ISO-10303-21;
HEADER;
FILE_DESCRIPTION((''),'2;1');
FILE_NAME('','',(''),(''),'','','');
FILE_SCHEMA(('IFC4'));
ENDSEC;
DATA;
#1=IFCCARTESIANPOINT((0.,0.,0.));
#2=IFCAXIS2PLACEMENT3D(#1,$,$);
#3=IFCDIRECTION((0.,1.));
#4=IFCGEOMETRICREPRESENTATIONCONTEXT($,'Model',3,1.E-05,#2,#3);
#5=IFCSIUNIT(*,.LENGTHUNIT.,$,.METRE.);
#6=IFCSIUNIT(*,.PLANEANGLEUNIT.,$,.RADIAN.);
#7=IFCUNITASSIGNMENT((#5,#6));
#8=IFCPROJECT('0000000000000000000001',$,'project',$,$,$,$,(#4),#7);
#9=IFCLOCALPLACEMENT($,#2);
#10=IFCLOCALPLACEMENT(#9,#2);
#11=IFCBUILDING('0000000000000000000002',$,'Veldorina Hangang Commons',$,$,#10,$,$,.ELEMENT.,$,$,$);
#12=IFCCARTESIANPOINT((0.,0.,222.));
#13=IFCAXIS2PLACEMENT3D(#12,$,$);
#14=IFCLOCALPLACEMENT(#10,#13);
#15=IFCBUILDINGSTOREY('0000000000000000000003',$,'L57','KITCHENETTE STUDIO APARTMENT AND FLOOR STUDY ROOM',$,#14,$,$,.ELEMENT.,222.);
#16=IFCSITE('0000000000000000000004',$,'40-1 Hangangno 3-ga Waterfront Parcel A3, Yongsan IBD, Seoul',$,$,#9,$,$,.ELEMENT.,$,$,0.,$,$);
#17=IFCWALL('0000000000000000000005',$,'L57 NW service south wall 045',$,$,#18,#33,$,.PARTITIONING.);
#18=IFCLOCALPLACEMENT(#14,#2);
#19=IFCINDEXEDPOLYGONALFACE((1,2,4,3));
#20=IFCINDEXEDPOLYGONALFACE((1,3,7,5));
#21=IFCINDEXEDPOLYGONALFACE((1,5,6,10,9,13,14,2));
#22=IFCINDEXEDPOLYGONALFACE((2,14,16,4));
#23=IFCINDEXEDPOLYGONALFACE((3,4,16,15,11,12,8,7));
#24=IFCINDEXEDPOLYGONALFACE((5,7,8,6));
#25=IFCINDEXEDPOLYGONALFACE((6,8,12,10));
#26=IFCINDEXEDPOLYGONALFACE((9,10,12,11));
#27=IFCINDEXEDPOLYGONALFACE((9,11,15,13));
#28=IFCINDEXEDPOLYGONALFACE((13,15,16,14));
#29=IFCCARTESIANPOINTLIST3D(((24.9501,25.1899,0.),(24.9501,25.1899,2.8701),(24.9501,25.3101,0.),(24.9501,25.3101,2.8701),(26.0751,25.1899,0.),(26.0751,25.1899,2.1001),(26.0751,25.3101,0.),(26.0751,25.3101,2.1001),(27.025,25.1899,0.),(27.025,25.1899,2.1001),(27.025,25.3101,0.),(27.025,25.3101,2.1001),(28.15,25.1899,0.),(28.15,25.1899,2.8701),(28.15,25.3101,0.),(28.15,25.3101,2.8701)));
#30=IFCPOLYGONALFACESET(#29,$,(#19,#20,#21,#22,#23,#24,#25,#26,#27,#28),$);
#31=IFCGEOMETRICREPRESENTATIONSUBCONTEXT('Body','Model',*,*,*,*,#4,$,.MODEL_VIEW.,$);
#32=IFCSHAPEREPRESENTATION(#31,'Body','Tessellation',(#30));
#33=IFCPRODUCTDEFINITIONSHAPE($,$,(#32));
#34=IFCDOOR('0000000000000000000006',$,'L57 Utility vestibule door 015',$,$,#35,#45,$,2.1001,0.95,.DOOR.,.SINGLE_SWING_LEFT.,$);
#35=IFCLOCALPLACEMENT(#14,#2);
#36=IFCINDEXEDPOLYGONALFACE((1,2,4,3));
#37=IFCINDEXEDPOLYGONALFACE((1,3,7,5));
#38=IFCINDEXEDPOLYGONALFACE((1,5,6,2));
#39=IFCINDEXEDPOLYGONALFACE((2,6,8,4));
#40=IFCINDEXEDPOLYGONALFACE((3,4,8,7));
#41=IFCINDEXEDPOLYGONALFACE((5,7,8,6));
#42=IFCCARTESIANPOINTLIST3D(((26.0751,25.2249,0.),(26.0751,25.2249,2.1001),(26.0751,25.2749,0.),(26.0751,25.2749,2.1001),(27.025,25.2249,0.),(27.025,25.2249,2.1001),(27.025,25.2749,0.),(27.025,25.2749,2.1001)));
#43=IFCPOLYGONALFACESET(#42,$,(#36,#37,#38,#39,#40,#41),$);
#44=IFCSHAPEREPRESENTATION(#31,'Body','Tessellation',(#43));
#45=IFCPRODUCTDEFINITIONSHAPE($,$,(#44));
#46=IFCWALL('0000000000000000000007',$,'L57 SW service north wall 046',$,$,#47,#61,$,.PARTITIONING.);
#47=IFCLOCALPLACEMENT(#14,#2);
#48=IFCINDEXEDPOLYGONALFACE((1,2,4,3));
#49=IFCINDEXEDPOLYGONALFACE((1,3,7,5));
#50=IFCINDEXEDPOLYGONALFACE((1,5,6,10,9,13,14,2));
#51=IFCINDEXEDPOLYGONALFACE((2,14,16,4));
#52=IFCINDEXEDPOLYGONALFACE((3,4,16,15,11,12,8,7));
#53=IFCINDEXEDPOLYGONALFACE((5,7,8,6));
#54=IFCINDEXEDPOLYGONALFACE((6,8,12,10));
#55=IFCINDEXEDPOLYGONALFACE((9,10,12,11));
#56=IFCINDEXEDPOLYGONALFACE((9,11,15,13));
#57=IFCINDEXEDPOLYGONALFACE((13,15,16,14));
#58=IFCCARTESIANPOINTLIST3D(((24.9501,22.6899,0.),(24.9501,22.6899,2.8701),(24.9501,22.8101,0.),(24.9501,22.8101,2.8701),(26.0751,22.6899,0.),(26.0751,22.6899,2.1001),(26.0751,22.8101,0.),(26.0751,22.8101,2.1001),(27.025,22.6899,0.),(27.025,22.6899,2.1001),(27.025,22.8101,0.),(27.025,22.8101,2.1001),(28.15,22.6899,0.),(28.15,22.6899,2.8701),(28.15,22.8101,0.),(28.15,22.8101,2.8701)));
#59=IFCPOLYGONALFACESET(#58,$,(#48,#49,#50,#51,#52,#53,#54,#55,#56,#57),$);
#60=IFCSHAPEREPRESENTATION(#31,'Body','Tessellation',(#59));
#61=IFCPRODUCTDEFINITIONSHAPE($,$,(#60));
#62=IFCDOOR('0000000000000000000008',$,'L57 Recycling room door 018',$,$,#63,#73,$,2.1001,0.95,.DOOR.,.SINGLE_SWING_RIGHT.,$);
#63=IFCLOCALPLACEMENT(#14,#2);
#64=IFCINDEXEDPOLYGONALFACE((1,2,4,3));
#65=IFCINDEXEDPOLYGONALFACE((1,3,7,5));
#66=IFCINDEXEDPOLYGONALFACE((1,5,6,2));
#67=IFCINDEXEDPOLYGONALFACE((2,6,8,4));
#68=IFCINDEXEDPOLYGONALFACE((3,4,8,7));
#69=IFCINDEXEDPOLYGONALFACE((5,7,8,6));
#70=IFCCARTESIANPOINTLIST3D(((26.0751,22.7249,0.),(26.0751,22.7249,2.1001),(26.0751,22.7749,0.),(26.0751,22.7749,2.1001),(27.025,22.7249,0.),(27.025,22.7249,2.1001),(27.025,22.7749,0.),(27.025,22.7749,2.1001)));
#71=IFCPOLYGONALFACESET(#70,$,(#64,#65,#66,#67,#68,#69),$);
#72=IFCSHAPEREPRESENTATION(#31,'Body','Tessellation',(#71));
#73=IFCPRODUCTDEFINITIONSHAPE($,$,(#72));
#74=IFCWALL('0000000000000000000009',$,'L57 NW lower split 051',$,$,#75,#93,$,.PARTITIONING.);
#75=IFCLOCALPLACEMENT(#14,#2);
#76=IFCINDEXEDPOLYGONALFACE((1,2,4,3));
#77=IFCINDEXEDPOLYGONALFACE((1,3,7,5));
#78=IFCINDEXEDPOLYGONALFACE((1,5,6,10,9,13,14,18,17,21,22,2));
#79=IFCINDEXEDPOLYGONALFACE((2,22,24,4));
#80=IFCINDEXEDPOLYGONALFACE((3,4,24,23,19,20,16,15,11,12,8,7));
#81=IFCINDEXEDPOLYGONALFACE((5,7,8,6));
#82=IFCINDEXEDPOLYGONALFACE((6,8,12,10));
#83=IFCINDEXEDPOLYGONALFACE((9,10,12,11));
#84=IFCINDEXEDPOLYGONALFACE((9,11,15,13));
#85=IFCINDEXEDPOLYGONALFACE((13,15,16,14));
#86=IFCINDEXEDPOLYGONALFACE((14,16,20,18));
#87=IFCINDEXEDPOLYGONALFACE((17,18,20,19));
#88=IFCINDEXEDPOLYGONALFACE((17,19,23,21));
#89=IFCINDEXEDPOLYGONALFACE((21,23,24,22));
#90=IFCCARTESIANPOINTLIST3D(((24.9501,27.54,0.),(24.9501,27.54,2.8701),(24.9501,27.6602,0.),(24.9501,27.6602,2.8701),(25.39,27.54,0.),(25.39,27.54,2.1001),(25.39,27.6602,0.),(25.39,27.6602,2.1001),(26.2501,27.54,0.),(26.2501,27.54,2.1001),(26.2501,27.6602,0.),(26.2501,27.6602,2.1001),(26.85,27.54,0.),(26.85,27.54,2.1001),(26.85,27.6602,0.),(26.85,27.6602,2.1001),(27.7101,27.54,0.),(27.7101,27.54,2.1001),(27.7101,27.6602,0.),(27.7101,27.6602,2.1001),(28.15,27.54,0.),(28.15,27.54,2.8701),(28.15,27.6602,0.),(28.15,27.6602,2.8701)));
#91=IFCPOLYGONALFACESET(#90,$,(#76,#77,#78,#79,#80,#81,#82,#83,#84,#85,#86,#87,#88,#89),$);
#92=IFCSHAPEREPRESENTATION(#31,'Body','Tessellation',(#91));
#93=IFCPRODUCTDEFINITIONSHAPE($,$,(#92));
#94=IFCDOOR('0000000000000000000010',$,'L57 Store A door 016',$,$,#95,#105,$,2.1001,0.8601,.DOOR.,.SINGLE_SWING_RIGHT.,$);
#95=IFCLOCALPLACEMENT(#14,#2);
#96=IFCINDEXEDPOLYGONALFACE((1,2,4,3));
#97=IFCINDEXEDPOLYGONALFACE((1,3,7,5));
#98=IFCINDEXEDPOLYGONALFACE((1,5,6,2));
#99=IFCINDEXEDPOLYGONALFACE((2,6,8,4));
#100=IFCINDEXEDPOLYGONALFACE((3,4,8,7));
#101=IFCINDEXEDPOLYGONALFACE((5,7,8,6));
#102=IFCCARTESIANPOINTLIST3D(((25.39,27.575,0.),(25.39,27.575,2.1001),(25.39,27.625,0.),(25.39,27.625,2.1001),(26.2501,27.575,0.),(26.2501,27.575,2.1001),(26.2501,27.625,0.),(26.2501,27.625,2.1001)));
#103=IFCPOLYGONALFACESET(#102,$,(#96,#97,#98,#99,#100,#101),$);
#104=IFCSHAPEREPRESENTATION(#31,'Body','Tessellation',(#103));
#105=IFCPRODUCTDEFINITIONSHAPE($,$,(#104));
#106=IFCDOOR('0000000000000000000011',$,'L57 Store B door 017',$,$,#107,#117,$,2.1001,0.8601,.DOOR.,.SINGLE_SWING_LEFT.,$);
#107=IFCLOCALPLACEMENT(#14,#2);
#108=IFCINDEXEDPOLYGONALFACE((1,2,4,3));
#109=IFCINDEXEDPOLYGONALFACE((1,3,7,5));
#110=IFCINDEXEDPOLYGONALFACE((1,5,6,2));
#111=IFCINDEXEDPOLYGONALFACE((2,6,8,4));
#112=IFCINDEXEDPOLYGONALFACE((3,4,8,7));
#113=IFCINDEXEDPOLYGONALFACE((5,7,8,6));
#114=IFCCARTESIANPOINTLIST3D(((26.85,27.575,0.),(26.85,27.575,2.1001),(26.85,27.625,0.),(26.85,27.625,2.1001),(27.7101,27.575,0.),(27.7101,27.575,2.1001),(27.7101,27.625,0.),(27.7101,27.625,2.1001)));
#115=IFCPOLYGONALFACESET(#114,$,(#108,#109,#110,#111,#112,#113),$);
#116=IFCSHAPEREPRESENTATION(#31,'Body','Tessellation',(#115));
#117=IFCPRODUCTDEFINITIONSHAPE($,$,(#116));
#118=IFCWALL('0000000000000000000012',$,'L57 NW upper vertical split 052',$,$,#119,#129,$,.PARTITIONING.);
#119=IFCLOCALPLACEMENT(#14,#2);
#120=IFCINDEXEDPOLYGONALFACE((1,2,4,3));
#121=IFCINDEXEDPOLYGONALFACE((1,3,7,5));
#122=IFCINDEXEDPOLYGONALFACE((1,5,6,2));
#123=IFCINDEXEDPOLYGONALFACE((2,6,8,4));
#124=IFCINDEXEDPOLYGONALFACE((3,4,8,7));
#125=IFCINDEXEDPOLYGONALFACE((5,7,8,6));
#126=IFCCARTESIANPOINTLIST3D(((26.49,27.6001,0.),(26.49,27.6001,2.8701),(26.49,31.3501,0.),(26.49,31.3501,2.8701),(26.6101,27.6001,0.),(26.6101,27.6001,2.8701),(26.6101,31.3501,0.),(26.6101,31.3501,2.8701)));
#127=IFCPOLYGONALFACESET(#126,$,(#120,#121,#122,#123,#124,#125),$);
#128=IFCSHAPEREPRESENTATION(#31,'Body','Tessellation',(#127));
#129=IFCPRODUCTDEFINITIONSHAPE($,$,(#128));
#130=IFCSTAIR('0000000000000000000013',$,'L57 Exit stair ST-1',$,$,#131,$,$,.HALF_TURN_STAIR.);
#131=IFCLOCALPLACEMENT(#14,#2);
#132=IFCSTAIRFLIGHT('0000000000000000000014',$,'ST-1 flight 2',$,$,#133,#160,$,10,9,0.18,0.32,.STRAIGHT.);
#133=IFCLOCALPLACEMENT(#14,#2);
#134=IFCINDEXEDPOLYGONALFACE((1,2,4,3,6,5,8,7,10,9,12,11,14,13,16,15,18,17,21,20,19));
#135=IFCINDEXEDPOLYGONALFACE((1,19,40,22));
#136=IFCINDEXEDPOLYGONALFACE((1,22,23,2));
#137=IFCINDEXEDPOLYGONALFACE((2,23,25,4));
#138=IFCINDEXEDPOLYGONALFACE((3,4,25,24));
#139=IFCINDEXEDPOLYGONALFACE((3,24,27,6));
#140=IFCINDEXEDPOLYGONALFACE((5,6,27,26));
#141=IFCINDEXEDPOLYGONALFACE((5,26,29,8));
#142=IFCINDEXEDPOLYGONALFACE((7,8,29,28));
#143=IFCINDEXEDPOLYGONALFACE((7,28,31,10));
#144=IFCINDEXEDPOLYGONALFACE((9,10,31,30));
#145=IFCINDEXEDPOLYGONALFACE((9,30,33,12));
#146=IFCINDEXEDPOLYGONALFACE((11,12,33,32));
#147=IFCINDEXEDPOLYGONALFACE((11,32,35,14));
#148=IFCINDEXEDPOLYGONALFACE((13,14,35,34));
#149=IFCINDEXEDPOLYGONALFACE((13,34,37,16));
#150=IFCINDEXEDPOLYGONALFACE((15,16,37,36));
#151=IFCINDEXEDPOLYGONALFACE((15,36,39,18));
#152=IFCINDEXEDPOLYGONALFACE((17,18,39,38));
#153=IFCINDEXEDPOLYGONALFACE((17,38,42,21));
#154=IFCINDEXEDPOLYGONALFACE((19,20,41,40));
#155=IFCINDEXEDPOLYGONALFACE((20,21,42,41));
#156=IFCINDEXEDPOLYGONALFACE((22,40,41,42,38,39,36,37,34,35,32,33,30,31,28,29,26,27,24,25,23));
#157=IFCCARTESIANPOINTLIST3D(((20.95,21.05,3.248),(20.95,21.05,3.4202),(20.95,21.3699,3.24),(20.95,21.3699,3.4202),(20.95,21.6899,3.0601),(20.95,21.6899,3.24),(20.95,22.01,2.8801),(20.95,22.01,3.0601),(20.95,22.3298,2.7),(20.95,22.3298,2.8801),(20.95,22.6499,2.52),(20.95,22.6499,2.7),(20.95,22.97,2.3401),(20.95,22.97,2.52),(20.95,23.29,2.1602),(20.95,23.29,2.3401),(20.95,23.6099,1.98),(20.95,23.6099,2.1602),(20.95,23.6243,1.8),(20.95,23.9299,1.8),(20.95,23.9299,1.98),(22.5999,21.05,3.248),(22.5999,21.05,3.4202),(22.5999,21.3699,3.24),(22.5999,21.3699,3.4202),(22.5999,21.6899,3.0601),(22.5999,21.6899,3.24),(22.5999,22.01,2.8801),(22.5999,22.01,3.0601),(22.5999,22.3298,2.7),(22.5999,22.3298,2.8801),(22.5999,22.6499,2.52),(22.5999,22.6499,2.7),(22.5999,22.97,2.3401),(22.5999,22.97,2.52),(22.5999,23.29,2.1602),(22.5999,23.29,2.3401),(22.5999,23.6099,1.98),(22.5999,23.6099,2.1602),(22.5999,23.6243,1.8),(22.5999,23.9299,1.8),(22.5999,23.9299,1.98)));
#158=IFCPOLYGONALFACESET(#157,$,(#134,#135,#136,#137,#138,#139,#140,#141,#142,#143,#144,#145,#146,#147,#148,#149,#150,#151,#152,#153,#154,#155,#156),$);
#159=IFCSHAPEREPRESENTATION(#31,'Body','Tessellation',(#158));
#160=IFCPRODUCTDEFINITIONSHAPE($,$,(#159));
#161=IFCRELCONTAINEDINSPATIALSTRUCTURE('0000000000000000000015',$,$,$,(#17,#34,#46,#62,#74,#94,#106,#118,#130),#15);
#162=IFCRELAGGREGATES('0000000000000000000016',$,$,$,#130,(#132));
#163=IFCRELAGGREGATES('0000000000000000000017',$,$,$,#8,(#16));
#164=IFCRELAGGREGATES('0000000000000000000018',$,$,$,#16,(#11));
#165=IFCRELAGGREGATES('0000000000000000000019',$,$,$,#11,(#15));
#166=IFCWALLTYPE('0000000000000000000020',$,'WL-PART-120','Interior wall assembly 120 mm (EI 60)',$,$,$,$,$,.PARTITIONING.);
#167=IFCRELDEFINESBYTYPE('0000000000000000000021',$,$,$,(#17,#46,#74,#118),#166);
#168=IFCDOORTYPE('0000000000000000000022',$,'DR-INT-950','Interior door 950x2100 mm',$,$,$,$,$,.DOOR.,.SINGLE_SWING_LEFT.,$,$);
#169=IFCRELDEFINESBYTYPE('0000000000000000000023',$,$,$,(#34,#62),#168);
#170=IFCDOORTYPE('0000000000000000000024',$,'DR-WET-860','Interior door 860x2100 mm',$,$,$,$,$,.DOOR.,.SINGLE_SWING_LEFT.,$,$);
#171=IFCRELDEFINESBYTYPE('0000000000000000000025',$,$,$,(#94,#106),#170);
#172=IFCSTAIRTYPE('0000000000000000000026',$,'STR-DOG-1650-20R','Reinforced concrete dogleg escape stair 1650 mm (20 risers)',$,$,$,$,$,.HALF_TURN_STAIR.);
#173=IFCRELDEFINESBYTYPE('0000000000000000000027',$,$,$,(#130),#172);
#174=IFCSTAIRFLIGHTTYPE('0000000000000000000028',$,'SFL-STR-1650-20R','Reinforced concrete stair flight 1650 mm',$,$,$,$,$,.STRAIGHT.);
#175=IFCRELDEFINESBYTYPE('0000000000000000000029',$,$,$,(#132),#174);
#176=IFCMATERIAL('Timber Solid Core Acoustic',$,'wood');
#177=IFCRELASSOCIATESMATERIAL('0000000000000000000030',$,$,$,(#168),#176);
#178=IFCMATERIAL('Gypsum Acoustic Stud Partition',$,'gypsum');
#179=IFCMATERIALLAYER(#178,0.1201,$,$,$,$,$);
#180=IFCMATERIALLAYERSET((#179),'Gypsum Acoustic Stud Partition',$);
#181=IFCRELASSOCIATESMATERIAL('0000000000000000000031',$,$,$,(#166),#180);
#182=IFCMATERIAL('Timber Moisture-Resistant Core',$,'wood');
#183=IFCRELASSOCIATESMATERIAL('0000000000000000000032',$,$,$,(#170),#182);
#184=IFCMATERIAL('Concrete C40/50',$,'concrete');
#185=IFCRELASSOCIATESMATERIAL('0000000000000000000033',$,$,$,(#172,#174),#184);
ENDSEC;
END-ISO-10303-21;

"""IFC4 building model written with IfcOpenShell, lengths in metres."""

from ifc_helpers import new_model, si_unit, direction, frame, frame_2d, origin, place, context, subcontext, project, spatial, polyline, rectangle, outline, extrude, material, layer, layer_set, type_object, element, fill, aggregate, save


model = new_model("IFC4")

# Units and contexts
model_context = context("Model", 3, precision=1e-05, world=origin(), true_north=direction((0.0, 1.0)))
body_context = subcontext(model_context, "Body", "Model", "MODEL_VIEW")
ifc_project = project(units=[si_unit("LENGTHUNIT", "METRE"), si_unit("PLANEANGLEUNIT", "RADIAN")], contexts=[model_context])

# Site, building, storey
site_placement = place(None, origin())
site = spatial("IfcSite", under=ifc_project, at=site_placement, Name="40-1 Hangangno 3-ga Waterfront Parcel A3, Yongsan IBD, Seoul", CompositionType="ELEMENT", RefElevation=0.0)
building_placement = place(site_placement, origin())
building = spatial("IfcBuilding", under=site, at=building_placement, Name="Veldorina Hangang Commons", CompositionType="ELEMENT")
storey_placement = place(building_placement, frame((0.0, 0.0, 222.0)))
storey = spatial("IfcBuildingStorey", under=building, at=storey_placement, Name="L57", Description="KITCHENETTE STUDIO APARTMENT AND FLOOR STUDY ROOM", CompositionType="ELEMENT", Elevation=222.0)

# Shared definitions
ifc_material_1 = material(Name="Timber Solid Core Acoustic", Category="wood")
door_type_1 = type_object("IfcDoorType", Name="DR-INT-950", Description="Interior door 950x2100 mm", OperationType="SINGLE_SWING_LEFT", PredefinedType="DOOR", material=ifc_material_1)

# Shared definitions
ifc_material_2 = material(Name="Gypsum Acoustic Stud Partition", Category="gypsum")
ifc_layer_1 = layer(ifc_material_2, 0.1201)
ifc_layer_set_1 = layer_set([ifc_layer_1], Name="Gypsum Acoustic Stud Partition")
wall_type_1 = type_object("IfcWallType", Name="WL-PART-120", Description="Interior wall assembly 120 mm (EI 60)", PredefinedType="PARTITIONING", material=ifc_layer_set_1)

# Walls, openings, doors
wall_1_placement = place(storey_placement, frame((24.95, 25.25, 0.0), z_axis=(0.0, 0.0, 1.0), x_axis=(1.0, 0.0, 0.0)))
wall_1 = element("IfcWall", 1, at=wall_1_placement, inside=storey, type_object=wall_type_1, Name="L57 NW service south wall 045", PredefinedType="PARTITIONING", context=body_context, shape_type="SweptSolid", body=[
    extrude(rectangle(XDim=3.2, YDim=0.1201, at=frame_2d((1.6001, 0.0))), origin(), (0.0, 0.0, 1.0), 2.8701),
])
opening_1_placement = place(wall_1_placement, frame((1.125, 0.0, 0.0)))
opening_1 = element("IfcOpeningElement", 2, at=opening_1_placement, cuts=wall_1, PredefinedType="OPENING", context=body_context, shape_type="SweptSolid", body=[
    extrude(rectangle(XDim=0.95, YDim=2.1001, at=frame_2d((0.4751, 1.05))), frame((0.0, 0.0701, 0.0), z_axis=(0.0, -1.0, 0.0), x_axis=(1.0, 0.0, 0.0)), (0.0, 0.0, 1.0), 0.1401),
])
door_1_placement = place(opening_1_placement, origin())
door_1 = element("IfcDoor", 3, at=door_1_placement, inside=storey, type_object=door_type_1, Name="L57 Utility vestibule door 015", OperationType="SINGLE_SWING_LEFT", OverallHeight=2.1001, OverallWidth=0.95, PredefinedType="DOOR", context=body_context, shape_type="SweptSolid", body=[
    extrude(rectangle(XDim=0.95, YDim=2.1001, at=frame_2d((0.4751, 1.05))), frame((0.0, 0.0249, 0.0), z_axis=(0.0, -1.0, 0.0), x_axis=(1.0, 0.0, 0.0)), (0.0, 0.0, 1.0), 0.05),
])
fill(opening_1, door_1)
wall_2_placement = place(storey_placement, frame((24.95, 22.75, 0.0), z_axis=(0.0, 0.0, 1.0), x_axis=(1.0, 0.0, 0.0)))
wall_2 = element("IfcWall", 4, at=wall_2_placement, inside=storey, type_object=wall_type_1, Name="L57 SW service north wall 046", PredefinedType="PARTITIONING", context=body_context, shape_type="SweptSolid", body=[
    extrude(rectangle(XDim=3.2, YDim=0.1201, at=frame_2d((1.6001, 0.0))), origin(), (0.0, 0.0, 1.0), 2.8701),
])
opening_2_placement = place(wall_2_placement, frame((1.125, 0.0, 0.0)))
opening_2 = element("IfcOpeningElement", 5, at=opening_2_placement, cuts=wall_2, PredefinedType="OPENING", context=body_context, shape_type="SweptSolid", body=[
    extrude(rectangle(XDim=0.95, YDim=2.1001, at=frame_2d((0.4751, 1.05))), frame((0.0, 0.0701, 0.0), z_axis=(0.0, -1.0, 0.0), x_axis=(1.0, 0.0, 0.0)), (0.0, 0.0, 1.0), 0.1401),
])
door_2_placement = place(opening_2_placement, origin())
door_2 = element("IfcDoor", 6, at=door_2_placement, inside=storey, type_object=door_type_1, Name="L57 Recycling room door 018", OperationType="SINGLE_SWING_RIGHT", OverallHeight=2.1001, OverallWidth=0.95, PredefinedType="DOOR", context=body_context, shape_type="SweptSolid", body=[
    extrude(rectangle(XDim=0.95, YDim=2.1001, at=frame_2d((0.4751, 1.05))), frame((0.0, 0.0249, 0.0), z_axis=(0.0, -1.0, 0.0), x_axis=(1.0, 0.0, 0.0)), (0.0, 0.0, 1.0), 0.05),
])
fill(opening_2, door_2)

# Wall, openings, doors
wall_3_placement = place(storey_placement, frame((24.95, 27.6001, 0.0), z_axis=(0.0, 0.0, 1.0), x_axis=(1.0, 0.0, 0.0)))
wall_3 = element("IfcWall", 7, at=wall_3_placement, inside=storey, type_object=wall_type_1, Name="L57 NW lower split 051", PredefinedType="PARTITIONING", context=body_context, shape_type="SweptSolid", body=[
    extrude(rectangle(XDim=3.2, YDim=0.1201, at=frame_2d((1.6001, 0.0))), origin(), (0.0, 0.0, 1.0), 2.8701),
])
opening_3_placement = place(wall_3_placement, frame((0.4399, 0.0, 0.0)))
opening_3 = element("IfcOpeningElement", 8, at=opening_3_placement, cuts=wall_3, PredefinedType="OPENING", context=body_context, shape_type="SweptSolid", body=[
    extrude(rectangle(XDim=0.8601, YDim=2.1001, at=frame_2d((0.4302, 1.05))), frame((0.0, 0.0701, 0.0), z_axis=(0.0, -1.0, 0.0), x_axis=(1.0, 0.0, 0.0)), (0.0, 0.0, 1.0), 0.1401),
])
opening_4_placement = place(wall_3_placement, frame((1.8999, 0.0, 0.0)))
opening_4 = element("IfcOpeningElement", 9, at=opening_4_placement, cuts=wall_3, PredefinedType="OPENING", context=body_context, shape_type="SweptSolid", body=[
    extrude(rectangle(XDim=0.8601, YDim=2.1001, at=frame_2d((0.4302, 1.05))), frame((0.0, 0.0701, 0.0), z_axis=(0.0, -1.0, 0.0), x_axis=(1.0, 0.0, 0.0)), (0.0, 0.0, 1.0), 0.1401),
])
ifc_material_3 = material(Name="Timber Moisture-Resistant Core", Category="wood")
door_type_2 = type_object("IfcDoorType", Name="DR-WET-860", Description="Interior door 860x2100 mm", OperationType="SINGLE_SWING_LEFT", PredefinedType="DOOR", material=ifc_material_3)
door_3_placement = place(opening_3_placement, origin())
door_3 = element("IfcDoor", 10, at=door_3_placement, inside=storey, type_object=door_type_2, Name="L57 Store A door 016", OperationType="SINGLE_SWING_RIGHT", OverallHeight=2.1001, OverallWidth=0.8601, PredefinedType="DOOR", context=body_context, shape_type="SweptSolid", body=[
    extrude(rectangle(XDim=0.8601, YDim=2.1001, at=frame_2d((0.4302, 1.05))), frame((0.0, 0.0249, 0.0), z_axis=(0.0, -1.0, 0.0), x_axis=(1.0, 0.0, 0.0)), (0.0, 0.0, 1.0), 0.05),
])
fill(opening_3, door_3)
door_4_placement = place(opening_4_placement, origin())
door_4 = element("IfcDoor", 11, at=door_4_placement, inside=storey, type_object=door_type_2, Name="L57 Store B door 017", OperationType="SINGLE_SWING_LEFT", OverallHeight=2.1001, OverallWidth=0.8601, PredefinedType="DOOR", context=body_context, shape_type="SweptSolid", body=[
    extrude(rectangle(XDim=0.8601, YDim=2.1001, at=frame_2d((0.4302, 1.05))), frame((0.0, 0.0249, 0.0), z_axis=(0.0, -1.0, 0.0), x_axis=(1.0, 0.0, 0.0)), (0.0, 0.0, 1.0), 0.05),
])
fill(opening_4, door_4)

# Wall
wall_4_placement = place(storey_placement, frame((26.55, 27.6001, 0.0), z_axis=(0.0, 0.0, 1.0), x_axis=(0.0, 1.0, 0.0)))
element("IfcWall", 12, at=wall_4_placement, inside=storey, type_object=wall_type_1, Name="L57 NW upper vertical split 052", PredefinedType="PARTITIONING", context=body_context, shape_type="SweptSolid", body=[
    extrude(rectangle(XDim=3.75, YDim=0.1201, at=frame_2d((1.875, 0.0))), origin(), (0.0, 0.0, 1.0), 2.8701),
])

# Stair, stair flight
ifc_material_4 = material(Name="Concrete C40/50", Category="concrete")
stair_type = type_object("IfcStairType", Name="STR-DOG-1650-20R", Description="Reinforced concrete dogleg escape stair 1650 mm (20 risers)", PredefinedType="HALF_TURN_STAIR", material=ifc_material_4)
stair_placement = place(storey_placement, origin())
stair = element("IfcStair", 13, at=stair_placement, inside=storey, type_object=stair_type, Name="L57 Exit stair ST-1", PredefinedType="HALF_TURN_STAIR")
stair_flight_type = type_object("IfcStairFlightType", Name="SFL-STR-1650-20R", Description="Reinforced concrete stair flight 1650 mm", PredefinedType="STRAIGHT", material=ifc_material_4)
stair_flight_placement = place(storey_placement, frame((21.7749, 23.9299, 1.8), z_axis=(0.0, 0.0, 1.0), x_axis=(0.0, -1.0, 0.0)))
stair_flight = element("IfcStairFlight", 14, at=stair_flight_placement, type_object=stair_flight_type, Name="ST-1 flight 2", NumberOfRisers=10, NumberOfTreads=9, PredefinedType="STRAIGHT", RiserHeight=0.18, TreadLength=0.32, context=body_context, shape_type="SweptSolid", body=[
    extrude(outline(polyline([(0.0, 0.0), (0.0, 0.1799), (0.3201, 0.1799), (0.3201, 0.3601), (0.6399, 0.3601), (0.6399, 0.54), (0.96, 0.54), (0.96, 0.72), (1.28, 0.72), (1.28, 0.8999), (1.6001, 0.8999), (1.6001, 1.0801), (1.9199, 1.0801), (1.9199, 1.26), (2.24, 1.26), (2.24, 1.4399), (2.5601, 1.4399), (2.5601, 1.6201), (2.8799, 1.6201), (2.8799, 1.8), (2.8799, 1.448), (0.3057, 0.0), (0.0, 0.0)])), frame((0.0, 0.825, 0.0), z_axis=(0.0, -1.0, 0.0), x_axis=(1.0, 0.0, 0.0)), (0.0, 0.0, 1.0), 1.6499),
])
aggregate(stair, [stair_flight])

save(model, "model.ifc")
